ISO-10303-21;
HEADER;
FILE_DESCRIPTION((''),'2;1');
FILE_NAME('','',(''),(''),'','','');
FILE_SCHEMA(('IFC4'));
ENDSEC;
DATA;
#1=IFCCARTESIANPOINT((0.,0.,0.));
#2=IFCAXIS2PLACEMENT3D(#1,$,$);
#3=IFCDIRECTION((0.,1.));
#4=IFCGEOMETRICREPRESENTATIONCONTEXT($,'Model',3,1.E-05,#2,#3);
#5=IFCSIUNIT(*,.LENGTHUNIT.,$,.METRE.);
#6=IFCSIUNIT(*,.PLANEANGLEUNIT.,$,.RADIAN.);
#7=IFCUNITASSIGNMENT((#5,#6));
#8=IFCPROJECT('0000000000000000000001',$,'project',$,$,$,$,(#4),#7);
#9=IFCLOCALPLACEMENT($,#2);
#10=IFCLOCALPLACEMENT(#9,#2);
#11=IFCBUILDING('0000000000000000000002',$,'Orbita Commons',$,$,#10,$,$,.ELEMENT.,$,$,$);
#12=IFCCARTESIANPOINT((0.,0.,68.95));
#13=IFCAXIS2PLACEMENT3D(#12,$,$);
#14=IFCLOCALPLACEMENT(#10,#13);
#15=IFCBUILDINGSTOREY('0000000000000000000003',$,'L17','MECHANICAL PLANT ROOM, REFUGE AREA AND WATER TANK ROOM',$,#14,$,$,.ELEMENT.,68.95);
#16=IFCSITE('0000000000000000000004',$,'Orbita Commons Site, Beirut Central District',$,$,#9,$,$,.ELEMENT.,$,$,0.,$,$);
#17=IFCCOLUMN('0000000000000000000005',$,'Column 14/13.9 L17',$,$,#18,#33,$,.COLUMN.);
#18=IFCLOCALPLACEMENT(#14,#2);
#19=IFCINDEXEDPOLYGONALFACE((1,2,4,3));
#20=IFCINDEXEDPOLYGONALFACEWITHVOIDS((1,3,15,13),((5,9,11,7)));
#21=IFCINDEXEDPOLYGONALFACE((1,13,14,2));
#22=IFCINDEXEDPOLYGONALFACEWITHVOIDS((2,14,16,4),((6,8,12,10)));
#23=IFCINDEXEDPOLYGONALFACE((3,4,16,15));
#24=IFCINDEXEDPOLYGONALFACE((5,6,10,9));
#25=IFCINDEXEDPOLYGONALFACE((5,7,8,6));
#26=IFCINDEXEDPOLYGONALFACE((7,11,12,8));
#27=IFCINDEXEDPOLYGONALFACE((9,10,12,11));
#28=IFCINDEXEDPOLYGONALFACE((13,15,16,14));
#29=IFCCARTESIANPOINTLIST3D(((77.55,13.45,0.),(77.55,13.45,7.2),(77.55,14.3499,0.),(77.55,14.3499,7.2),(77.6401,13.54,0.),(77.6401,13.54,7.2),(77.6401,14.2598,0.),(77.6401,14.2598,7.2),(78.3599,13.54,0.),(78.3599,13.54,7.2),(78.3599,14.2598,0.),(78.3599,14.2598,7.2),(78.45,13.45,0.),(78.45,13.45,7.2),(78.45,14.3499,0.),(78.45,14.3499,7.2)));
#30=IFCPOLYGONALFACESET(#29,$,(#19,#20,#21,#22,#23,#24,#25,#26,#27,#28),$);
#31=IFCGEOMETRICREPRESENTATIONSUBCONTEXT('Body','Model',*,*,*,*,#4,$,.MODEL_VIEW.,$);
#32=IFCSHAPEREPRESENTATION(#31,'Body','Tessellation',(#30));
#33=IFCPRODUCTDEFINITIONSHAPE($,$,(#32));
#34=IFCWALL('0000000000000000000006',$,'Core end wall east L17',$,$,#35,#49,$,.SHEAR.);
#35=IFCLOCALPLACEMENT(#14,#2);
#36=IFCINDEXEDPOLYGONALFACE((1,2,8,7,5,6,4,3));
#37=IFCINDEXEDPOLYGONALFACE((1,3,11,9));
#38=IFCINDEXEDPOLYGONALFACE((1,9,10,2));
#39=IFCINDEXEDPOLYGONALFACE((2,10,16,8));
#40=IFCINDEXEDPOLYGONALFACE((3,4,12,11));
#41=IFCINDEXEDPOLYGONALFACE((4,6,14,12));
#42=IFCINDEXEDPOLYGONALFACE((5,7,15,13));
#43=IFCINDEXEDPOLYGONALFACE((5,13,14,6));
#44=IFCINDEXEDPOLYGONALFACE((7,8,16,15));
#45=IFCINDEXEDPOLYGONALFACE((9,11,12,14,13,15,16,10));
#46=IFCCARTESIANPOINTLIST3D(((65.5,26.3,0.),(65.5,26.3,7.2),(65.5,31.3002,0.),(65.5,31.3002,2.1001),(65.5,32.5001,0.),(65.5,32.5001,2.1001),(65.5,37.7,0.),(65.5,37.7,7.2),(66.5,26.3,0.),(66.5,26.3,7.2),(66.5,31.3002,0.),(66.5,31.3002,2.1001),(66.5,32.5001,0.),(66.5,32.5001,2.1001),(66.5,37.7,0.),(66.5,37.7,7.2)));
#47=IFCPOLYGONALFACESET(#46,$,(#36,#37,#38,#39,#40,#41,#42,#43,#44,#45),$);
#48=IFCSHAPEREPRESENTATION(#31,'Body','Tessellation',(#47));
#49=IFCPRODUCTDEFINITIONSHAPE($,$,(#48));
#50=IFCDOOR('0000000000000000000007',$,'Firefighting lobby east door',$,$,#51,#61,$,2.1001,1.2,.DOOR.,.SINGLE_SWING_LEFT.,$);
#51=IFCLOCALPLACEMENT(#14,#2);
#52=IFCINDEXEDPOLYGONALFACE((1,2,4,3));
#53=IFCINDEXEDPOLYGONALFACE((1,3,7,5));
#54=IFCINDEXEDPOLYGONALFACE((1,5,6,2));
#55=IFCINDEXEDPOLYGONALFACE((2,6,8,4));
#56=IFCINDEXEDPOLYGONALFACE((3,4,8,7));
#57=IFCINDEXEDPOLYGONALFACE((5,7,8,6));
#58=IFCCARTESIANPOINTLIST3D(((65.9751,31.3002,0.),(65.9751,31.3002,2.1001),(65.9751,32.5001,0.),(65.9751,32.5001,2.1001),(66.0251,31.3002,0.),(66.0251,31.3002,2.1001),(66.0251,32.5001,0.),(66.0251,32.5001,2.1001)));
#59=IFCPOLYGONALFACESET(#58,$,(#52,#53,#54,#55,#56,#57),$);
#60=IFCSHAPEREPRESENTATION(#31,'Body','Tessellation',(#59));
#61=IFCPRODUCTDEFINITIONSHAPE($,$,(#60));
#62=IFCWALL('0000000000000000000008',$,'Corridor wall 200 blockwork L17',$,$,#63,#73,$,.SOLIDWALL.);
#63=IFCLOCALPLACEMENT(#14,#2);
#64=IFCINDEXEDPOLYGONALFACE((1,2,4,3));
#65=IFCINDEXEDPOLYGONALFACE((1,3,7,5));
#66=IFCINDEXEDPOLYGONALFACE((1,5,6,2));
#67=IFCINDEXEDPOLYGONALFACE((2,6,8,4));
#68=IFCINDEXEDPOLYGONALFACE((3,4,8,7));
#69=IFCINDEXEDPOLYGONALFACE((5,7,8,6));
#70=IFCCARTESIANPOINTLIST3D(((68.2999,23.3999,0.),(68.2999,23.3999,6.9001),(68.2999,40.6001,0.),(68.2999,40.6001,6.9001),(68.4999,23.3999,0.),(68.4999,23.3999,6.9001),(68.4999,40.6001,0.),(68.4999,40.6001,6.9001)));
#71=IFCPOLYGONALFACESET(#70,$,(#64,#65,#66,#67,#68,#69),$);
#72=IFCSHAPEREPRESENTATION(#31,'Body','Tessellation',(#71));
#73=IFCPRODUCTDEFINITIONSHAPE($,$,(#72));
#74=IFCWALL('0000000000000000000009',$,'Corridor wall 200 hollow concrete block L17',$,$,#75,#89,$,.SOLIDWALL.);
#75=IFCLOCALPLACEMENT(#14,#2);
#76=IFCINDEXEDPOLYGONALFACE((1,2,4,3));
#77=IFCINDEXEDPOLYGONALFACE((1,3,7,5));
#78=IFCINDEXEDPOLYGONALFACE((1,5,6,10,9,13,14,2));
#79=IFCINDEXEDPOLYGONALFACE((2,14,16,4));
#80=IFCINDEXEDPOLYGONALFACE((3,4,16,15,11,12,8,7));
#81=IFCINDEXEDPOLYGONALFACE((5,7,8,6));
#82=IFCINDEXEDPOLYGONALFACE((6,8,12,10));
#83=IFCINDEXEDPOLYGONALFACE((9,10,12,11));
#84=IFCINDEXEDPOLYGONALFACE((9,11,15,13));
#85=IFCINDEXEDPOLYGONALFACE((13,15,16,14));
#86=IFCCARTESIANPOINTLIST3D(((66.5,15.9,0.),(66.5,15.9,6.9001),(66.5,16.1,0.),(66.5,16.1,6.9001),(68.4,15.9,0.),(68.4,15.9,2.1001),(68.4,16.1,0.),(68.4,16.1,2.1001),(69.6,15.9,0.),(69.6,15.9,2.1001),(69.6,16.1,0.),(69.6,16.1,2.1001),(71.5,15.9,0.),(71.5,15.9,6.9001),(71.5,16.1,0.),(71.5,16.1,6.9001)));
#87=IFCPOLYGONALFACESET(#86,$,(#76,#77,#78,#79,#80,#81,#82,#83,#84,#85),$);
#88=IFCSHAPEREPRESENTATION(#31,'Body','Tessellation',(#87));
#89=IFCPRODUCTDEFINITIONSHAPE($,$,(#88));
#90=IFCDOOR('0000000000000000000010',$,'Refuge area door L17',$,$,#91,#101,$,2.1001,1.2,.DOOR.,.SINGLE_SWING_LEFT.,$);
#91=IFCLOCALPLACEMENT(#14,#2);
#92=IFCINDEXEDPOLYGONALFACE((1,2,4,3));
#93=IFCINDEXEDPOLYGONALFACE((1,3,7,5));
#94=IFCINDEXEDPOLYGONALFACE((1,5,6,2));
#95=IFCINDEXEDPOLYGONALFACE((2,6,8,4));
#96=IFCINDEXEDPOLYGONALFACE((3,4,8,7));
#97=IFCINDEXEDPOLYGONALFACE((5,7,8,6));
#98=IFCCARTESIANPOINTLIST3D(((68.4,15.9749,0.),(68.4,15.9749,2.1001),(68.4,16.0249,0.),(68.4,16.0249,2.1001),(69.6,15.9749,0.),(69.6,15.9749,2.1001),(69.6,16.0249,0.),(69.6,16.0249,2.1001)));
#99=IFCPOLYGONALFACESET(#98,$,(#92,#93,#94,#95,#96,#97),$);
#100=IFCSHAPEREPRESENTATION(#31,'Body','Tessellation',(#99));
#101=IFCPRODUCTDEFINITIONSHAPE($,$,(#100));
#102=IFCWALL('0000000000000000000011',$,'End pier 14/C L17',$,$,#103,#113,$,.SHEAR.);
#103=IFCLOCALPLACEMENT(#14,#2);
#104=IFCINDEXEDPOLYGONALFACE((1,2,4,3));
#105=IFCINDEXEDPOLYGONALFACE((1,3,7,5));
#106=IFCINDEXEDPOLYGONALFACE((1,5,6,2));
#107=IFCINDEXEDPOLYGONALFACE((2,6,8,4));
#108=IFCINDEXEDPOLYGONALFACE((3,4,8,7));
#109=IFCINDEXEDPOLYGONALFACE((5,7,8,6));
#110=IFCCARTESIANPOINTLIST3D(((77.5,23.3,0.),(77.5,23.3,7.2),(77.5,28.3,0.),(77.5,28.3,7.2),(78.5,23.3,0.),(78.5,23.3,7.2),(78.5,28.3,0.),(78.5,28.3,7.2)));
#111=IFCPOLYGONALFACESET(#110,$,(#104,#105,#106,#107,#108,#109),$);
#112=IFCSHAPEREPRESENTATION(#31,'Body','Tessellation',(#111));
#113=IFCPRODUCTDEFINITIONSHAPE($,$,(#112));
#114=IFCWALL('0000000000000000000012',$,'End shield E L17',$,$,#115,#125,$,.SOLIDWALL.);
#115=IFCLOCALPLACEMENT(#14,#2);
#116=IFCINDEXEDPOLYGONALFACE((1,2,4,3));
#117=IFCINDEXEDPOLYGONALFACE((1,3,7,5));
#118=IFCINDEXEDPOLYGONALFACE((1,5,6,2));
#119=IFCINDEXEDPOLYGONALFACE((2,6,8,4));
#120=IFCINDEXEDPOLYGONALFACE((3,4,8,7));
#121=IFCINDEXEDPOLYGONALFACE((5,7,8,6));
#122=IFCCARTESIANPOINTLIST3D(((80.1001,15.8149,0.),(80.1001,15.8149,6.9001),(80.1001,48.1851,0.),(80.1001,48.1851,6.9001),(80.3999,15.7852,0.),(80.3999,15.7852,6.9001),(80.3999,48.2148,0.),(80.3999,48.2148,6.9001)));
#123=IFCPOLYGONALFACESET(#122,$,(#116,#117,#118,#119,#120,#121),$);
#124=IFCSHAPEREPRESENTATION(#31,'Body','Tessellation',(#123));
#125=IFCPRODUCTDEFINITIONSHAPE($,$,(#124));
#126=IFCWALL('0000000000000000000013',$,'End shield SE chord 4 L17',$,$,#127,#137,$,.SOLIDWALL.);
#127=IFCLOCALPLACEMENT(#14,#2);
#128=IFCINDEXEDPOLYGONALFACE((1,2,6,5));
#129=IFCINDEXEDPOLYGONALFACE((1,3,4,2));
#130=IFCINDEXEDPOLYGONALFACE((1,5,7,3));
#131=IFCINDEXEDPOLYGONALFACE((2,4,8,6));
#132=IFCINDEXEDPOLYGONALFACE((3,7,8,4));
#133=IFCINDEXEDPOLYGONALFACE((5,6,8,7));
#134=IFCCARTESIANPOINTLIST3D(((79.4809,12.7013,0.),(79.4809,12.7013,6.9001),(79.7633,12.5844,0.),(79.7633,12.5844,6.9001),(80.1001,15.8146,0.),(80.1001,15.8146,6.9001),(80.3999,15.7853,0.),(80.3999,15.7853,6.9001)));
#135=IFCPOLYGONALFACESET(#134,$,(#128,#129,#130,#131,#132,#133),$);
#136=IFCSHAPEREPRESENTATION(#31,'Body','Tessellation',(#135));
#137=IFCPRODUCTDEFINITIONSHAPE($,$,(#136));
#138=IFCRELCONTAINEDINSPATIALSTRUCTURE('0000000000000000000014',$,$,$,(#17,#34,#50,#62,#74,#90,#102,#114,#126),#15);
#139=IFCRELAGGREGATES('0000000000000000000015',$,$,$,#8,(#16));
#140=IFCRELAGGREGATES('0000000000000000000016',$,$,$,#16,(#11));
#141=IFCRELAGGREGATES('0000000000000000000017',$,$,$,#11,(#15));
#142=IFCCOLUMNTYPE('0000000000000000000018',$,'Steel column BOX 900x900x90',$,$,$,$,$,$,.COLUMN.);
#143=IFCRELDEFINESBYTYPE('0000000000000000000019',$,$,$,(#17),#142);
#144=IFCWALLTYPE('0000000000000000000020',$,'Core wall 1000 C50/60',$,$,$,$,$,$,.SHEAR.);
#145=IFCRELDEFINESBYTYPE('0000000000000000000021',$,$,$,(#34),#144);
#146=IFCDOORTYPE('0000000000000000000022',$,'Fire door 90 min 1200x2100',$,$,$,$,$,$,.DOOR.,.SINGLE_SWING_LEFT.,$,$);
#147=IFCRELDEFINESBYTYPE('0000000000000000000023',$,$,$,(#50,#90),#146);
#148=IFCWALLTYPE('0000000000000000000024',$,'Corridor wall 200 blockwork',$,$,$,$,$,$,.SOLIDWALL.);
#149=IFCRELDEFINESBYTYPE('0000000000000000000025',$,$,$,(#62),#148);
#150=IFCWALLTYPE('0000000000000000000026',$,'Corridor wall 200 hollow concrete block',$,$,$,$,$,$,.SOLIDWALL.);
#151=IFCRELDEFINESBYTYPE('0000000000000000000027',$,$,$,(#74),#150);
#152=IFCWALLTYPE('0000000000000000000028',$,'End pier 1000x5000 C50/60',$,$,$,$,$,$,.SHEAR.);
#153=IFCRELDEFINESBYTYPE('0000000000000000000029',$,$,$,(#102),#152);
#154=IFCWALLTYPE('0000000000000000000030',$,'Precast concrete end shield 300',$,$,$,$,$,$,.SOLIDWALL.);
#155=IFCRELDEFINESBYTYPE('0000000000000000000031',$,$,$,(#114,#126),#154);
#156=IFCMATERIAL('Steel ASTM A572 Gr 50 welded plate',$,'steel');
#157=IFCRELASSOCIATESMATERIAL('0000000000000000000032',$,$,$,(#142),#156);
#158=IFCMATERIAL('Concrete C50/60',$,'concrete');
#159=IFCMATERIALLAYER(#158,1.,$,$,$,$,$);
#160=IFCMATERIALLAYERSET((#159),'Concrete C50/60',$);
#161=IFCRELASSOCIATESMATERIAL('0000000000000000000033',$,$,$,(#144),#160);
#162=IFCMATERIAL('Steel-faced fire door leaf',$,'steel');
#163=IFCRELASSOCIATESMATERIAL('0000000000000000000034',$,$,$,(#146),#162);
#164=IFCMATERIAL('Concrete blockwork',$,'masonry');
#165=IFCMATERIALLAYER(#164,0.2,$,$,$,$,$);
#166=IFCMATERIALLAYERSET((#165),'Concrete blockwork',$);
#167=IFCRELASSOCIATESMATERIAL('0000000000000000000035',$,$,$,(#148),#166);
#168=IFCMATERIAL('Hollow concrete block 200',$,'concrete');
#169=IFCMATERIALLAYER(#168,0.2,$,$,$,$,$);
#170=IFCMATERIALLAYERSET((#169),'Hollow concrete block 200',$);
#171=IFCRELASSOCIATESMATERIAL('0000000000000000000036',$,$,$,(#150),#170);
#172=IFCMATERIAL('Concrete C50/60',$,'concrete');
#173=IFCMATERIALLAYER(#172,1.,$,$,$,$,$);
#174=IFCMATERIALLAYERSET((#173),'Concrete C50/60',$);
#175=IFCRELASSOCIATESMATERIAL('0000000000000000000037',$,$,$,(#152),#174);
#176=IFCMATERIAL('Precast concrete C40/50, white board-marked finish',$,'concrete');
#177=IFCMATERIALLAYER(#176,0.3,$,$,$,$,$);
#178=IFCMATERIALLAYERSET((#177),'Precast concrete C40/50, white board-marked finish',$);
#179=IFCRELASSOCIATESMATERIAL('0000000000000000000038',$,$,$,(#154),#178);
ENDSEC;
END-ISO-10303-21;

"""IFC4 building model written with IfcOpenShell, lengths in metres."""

from ifc_helpers import new_model, si_unit, direction, frame, frame_2d, origin, origin_2d, place, context, subcontext, project, spatial, polyline, rectangle, hollow_rectangle, outline, extrude, material, layer, layer_set, material_profile, profile_set, type_object, element, fill, save


model = new_model("IFC4")

# Units and contexts
model_context = context("Model", 3, precision=1e-05, world=origin(), true_north=direction((0.0, 1.0)))
body_context = subcontext(model_context, "Body", "Model", "MODEL_VIEW")
ifc_project = project(units=[si_unit("LENGTHUNIT", "METRE"), si_unit("PLANEANGLEUNIT", "RADIAN")], contexts=[model_context])

# Site, building, storey
site_placement = place(None, origin())
site = spatial("IfcSite", under=ifc_project, at=site_placement, Name="Orbita Commons Site, Beirut Central District", CompositionType="ELEMENT", RefElevation=0.0)
building_placement = place(site_placement, origin())
building = spatial("IfcBuilding", under=site, at=building_placement, Name="Orbita Commons", CompositionType="ELEMENT")
storey_placement = place(building_placement, frame((0.0, 0.0, 68.95)))
storey = spatial("IfcBuildingStorey", under=building, at=storey_placement, Name="L17", Description="MECHANICAL PLANT ROOM, REFUGE AREA AND WATER TANK ROOM", CompositionType="ELEMENT", Elevation=68.95)

# Column
ifc_material_1 = material(Name="Steel ASTM A572 Gr 50 welded plate", Category="steel")
ifc_material_profile = material_profile(ifc_material_1, hollow_rectangle(XDim=0.8999, YDim=0.8999, WallThickness=0.0901, at=origin_2d()), Name="BOX 900x900x90")
ifc_profile_set = profile_set([ifc_material_profile], Name="Steel ASTM A572 Gr 50 welded plate")
column_type = type_object("IfcColumnType", Name="Steel column BOX 900x900x90", PredefinedType="COLUMN", material=ifc_profile_set)
column_placement = place(storey_placement, frame((78.0, 13.8999, 0.0), z_axis=(0.0, 0.0, 1.0), x_axis=(1.0, 0.0, 0.0)))
element("IfcColumn", 1, at=column_placement, inside=storey, type_object=column_type, Name="Column 14/13.9 L17", PredefinedType="COLUMN", context=body_context, shape_type="SweptSolid", body=[
    extrude(hollow_rectangle(XDim=0.8999, YDim=0.8999, WallThickness=0.0901, at=origin_2d()), origin(), (0.0, 0.0, 1.0), 7.2),
])

# Wall, opening, door
ifc_material_2 = material(Name="Concrete C50/60", Category="concrete")
ifc_layer_1 = layer(ifc_material_2, 1.0)
ifc_layer_set_1 = layer_set([ifc_layer_1], Name="Concrete C50/60")
wall_type_1 = type_object("IfcWallType", Name="Core wall 1000 C50/60", PredefinedType="SHEAR", material=ifc_layer_set_1)
wall_1_placement = place(storey_placement, frame((66.0, 26.3, 0.0), z_axis=(0.0, 0.0, 1.0), x_axis=(0.0, 1.0, 0.0)))
wall_1 = element("IfcWall", 2, at=wall_1_placement, inside=storey, type_object=wall_type_1, Name="Core end wall east L17", PredefinedType="SHEAR", context=body_context, shape_type="SweptSolid", body=[
    extrude(rectangle(XDim=11.3999, YDim=1.0, at=frame_2d((5.7, 0.0))), origin(), (0.0, 0.0, 1.0), 7.2),
])
opening_1_placement = place(wall_1_placement, frame((5.0, 0.0, 0.0)))
opening_1 = element("IfcOpeningElement", 3, at=opening_1_placement, cuts=wall_1, PredefinedType="OPENING", context=body_context, shape_type="SweptSolid", body=[
    extrude(rectangle(XDim=1.2, YDim=2.1001, at=frame_2d((0.6001, 1.05))), frame((0.0, 0.51, 0.0), z_axis=(0.0, -1.0, 0.0), x_axis=(1.0, 0.0, 0.0)), (0.0, 0.0, 1.0), 1.02),
])
ifc_material_3 = material(Name="Steel-faced fire door leaf", Category="steel")
door_type = type_object("IfcDoorType", Name="Fire door 90 min 1200x2100", OperationType="SINGLE_SWING_LEFT", PredefinedType="DOOR", material=ifc_material_3)
door_1_placement = place(opening_1_placement, origin())
door_1 = element("IfcDoor", 4, at=door_1_placement, inside=storey, type_object=door_type, Name="Firefighting lobby east door", OperationType="SINGLE_SWING_LEFT", OverallHeight=2.1001, OverallWidth=1.2, PredefinedType="DOOR", context=body_context, shape_type="SweptSolid", body=[
    extrude(rectangle(XDim=1.2, YDim=2.1001, at=frame_2d((0.6001, 1.05))), frame((0.0, 0.0249, 0.0), z_axis=(0.0, -1.0, 0.0), x_axis=(1.0, 0.0, 0.0)), (0.0, 0.0, 1.0), 0.05),
])
fill(opening_1, door_1)

# Shared definitions
ifc_material_4 = material(Name="Concrete blockwork", Category="masonry")
ifc_layer_2 = layer(ifc_material_4, 0.2)
ifc_layer_set_2 = layer_set([ifc_layer_2], Name="Concrete blockwork")
wall_type_2 = type_object("IfcWallType", Name="Corridor wall 200 blockwork", PredefinedType="SOLIDWALL", material=ifc_layer_set_2)

# Wall
wall_2_placement = place(storey_placement, frame((68.3999, 23.3999, 0.0), z_axis=(0.0, 0.0, 1.0), x_axis=(0.0, 1.0, 0.0)))
element("IfcWall", 5, at=wall_2_placement, inside=storey, type_object=wall_type_2, Name="Corridor wall 200 blockwork L17", PredefinedType="SOLIDWALL", context=body_context, shape_type="SweptSolid", body=[
    extrude(rectangle(XDim=17.2002, YDim=0.2, at=frame_2d((8.6001, 0.0))), origin(), (0.0, 0.0, 1.0), 6.9001),
])

# Wall, opening, door
ifc_material_5 = material(Name="Hollow concrete block 200", Category="concrete")
ifc_layer_3 = layer(ifc_material_5, 0.2)
ifc_layer_set_3 = layer_set([ifc_layer_3], Name="Hollow concrete block 200")
wall_type_3 = type_object("IfcWallType", Name="Corridor wall 200 hollow concrete block", PredefinedType="SOLIDWALL", material=ifc_layer_set_3)
wall_3_placement = place(storey_placement, frame((66.5, 16.0, 0.0), z_axis=(0.0, 0.0, 1.0), x_axis=(1.0, 0.0, 0.0)))
wall_3 = element("IfcWall", 6, at=wall_3_placement, inside=storey, type_object=wall_type_3, Name="Corridor wall 200 hollow concrete block L17", PredefinedType="SOLIDWALL", context=body_context, shape_type="SweptSolid", body=[
    extrude(rectangle(XDim=5.0, YDim=0.2, at=frame_2d((2.5, 0.0))), origin(), (0.0, 0.0, 1.0), 6.9001),
])
opening_2_placement = place(wall_3_placement, frame((1.8999, 0.0, 0.0)))
opening_2 = element("IfcOpeningElement", 7, at=opening_2_placement, cuts=wall_3, PredefinedType="OPENING", context=body_context, shape_type="SweptSolid", body=[
    extrude(rectangle(XDim=1.2, YDim=2.1001, at=frame_2d((0.6001, 1.05))), frame((0.0, 0.1099, 0.0), z_axis=(0.0, -1.0, 0.0), x_axis=(1.0, 0.0, 0.0)), (0.0, 0.0, 1.0), 0.22),
])
door_2_placement = place(opening_2_placement, origin())
door_2 = element("IfcDoor", 8, at=door_2_placement, inside=storey, type_object=door_type, Name="Refuge area door L17", OperationType="SINGLE_SWING_LEFT", OverallHeight=2.1001, OverallWidth=1.2, PredefinedType="DOOR", context=body_context, shape_type="SweptSolid", body=[
    extrude(rectangle(XDim=1.2, YDim=2.1001, at=frame_2d((0.6001, 1.05))), frame((0.0, 0.0249, 0.0), z_axis=(0.0, -1.0, 0.0), x_axis=(1.0, 0.0, 0.0)), (0.0, 0.0, 1.0), 0.05),
])
fill(opening_2, door_2)

# Walls
ifc_material_6 = material(Name="Concrete C50/60", Category="concrete")
ifc_layer_4 = layer(ifc_material_6, 1.0)
ifc_layer_set_4 = layer_set([ifc_layer_4], Name="Concrete C50/60")
wall_type_4 = type_object("IfcWallType", Name="End pier 1000x5000 C50/60", PredefinedType="SHEAR", material=ifc_layer_set_4)
wall_4_placement = place(storey_placement, frame((78.0, 23.3, 0.0), z_axis=(0.0, 0.0, 1.0), x_axis=(0.0, 1.0, 0.0)))
element("IfcWall", 9, at=wall_4_placement, inside=storey, type_object=wall_type_4, Name="End pier 14/C L17", PredefinedType="SHEAR", context=body_context, shape_type="SweptSolid", body=[
    extrude(rectangle(XDim=5.0, YDim=1.0, at=frame_2d((2.5, 0.0))), origin(), (0.0, 0.0, 1.0), 7.2),
])
ifc_material_7 = material(Name="Precast concrete C40/50, white board-marked finish", Category="concrete")
ifc_layer_5 = layer(ifc_material_7, 0.3)
ifc_layer_set_5 = layer_set([ifc_layer_5], Name="Precast concrete C40/50, white board-marked finish")
wall_type_5 = type_object("IfcWallType", Name="Precast concrete end shield 300", PredefinedType="SOLIDWALL", material=ifc_layer_set_5)
wall_5_placement = place(storey_placement, frame((80.25, 15.8, 0.0), z_axis=(0.0, 0.0, 1.0), x_axis=(0.0, 1.0, 0.0)))
element("IfcWall", 10, at=wall_5_placement, inside=storey, type_object=wall_type_5, Name="End shield E L17", PredefinedType="SOLIDWALL", context=body_context, shape_type="SweptSolid", body=[
    extrude(outline(polyline([(-0.0149, -0.1499), (32.4148, -0.1499), (32.385, 0.1499), (0.0149, 0.1499), (-0.0149, -0.1499)])), origin(), (0.0, 0.0, 1.0), 6.9001),
])
wall_6_placement = place(storey_placement, frame((79.6221, 12.6428, 0.0), z_axis=(0.0, 0.0, 1.0), x_axis=(0.195066, 0.98079, 0.0)))
element("IfcWall", 11, at=wall_6_placement, inside=storey, type_object=wall_type_5, Name="End shield SE chord 4 L17", PredefinedType="SOLIDWALL", context=body_context, shape_type="SweptSolid", body=[
    extrude(outline(polyline([(-0.0298, -0.1499), (3.2339, -0.1499), (3.2041, 0.1499), (0.0298, 0.1499), (-0.0298, -0.1499)])), origin(), (0.0, 0.0, 1.0), 6.9001),
])

save(model, "model.ifc")
